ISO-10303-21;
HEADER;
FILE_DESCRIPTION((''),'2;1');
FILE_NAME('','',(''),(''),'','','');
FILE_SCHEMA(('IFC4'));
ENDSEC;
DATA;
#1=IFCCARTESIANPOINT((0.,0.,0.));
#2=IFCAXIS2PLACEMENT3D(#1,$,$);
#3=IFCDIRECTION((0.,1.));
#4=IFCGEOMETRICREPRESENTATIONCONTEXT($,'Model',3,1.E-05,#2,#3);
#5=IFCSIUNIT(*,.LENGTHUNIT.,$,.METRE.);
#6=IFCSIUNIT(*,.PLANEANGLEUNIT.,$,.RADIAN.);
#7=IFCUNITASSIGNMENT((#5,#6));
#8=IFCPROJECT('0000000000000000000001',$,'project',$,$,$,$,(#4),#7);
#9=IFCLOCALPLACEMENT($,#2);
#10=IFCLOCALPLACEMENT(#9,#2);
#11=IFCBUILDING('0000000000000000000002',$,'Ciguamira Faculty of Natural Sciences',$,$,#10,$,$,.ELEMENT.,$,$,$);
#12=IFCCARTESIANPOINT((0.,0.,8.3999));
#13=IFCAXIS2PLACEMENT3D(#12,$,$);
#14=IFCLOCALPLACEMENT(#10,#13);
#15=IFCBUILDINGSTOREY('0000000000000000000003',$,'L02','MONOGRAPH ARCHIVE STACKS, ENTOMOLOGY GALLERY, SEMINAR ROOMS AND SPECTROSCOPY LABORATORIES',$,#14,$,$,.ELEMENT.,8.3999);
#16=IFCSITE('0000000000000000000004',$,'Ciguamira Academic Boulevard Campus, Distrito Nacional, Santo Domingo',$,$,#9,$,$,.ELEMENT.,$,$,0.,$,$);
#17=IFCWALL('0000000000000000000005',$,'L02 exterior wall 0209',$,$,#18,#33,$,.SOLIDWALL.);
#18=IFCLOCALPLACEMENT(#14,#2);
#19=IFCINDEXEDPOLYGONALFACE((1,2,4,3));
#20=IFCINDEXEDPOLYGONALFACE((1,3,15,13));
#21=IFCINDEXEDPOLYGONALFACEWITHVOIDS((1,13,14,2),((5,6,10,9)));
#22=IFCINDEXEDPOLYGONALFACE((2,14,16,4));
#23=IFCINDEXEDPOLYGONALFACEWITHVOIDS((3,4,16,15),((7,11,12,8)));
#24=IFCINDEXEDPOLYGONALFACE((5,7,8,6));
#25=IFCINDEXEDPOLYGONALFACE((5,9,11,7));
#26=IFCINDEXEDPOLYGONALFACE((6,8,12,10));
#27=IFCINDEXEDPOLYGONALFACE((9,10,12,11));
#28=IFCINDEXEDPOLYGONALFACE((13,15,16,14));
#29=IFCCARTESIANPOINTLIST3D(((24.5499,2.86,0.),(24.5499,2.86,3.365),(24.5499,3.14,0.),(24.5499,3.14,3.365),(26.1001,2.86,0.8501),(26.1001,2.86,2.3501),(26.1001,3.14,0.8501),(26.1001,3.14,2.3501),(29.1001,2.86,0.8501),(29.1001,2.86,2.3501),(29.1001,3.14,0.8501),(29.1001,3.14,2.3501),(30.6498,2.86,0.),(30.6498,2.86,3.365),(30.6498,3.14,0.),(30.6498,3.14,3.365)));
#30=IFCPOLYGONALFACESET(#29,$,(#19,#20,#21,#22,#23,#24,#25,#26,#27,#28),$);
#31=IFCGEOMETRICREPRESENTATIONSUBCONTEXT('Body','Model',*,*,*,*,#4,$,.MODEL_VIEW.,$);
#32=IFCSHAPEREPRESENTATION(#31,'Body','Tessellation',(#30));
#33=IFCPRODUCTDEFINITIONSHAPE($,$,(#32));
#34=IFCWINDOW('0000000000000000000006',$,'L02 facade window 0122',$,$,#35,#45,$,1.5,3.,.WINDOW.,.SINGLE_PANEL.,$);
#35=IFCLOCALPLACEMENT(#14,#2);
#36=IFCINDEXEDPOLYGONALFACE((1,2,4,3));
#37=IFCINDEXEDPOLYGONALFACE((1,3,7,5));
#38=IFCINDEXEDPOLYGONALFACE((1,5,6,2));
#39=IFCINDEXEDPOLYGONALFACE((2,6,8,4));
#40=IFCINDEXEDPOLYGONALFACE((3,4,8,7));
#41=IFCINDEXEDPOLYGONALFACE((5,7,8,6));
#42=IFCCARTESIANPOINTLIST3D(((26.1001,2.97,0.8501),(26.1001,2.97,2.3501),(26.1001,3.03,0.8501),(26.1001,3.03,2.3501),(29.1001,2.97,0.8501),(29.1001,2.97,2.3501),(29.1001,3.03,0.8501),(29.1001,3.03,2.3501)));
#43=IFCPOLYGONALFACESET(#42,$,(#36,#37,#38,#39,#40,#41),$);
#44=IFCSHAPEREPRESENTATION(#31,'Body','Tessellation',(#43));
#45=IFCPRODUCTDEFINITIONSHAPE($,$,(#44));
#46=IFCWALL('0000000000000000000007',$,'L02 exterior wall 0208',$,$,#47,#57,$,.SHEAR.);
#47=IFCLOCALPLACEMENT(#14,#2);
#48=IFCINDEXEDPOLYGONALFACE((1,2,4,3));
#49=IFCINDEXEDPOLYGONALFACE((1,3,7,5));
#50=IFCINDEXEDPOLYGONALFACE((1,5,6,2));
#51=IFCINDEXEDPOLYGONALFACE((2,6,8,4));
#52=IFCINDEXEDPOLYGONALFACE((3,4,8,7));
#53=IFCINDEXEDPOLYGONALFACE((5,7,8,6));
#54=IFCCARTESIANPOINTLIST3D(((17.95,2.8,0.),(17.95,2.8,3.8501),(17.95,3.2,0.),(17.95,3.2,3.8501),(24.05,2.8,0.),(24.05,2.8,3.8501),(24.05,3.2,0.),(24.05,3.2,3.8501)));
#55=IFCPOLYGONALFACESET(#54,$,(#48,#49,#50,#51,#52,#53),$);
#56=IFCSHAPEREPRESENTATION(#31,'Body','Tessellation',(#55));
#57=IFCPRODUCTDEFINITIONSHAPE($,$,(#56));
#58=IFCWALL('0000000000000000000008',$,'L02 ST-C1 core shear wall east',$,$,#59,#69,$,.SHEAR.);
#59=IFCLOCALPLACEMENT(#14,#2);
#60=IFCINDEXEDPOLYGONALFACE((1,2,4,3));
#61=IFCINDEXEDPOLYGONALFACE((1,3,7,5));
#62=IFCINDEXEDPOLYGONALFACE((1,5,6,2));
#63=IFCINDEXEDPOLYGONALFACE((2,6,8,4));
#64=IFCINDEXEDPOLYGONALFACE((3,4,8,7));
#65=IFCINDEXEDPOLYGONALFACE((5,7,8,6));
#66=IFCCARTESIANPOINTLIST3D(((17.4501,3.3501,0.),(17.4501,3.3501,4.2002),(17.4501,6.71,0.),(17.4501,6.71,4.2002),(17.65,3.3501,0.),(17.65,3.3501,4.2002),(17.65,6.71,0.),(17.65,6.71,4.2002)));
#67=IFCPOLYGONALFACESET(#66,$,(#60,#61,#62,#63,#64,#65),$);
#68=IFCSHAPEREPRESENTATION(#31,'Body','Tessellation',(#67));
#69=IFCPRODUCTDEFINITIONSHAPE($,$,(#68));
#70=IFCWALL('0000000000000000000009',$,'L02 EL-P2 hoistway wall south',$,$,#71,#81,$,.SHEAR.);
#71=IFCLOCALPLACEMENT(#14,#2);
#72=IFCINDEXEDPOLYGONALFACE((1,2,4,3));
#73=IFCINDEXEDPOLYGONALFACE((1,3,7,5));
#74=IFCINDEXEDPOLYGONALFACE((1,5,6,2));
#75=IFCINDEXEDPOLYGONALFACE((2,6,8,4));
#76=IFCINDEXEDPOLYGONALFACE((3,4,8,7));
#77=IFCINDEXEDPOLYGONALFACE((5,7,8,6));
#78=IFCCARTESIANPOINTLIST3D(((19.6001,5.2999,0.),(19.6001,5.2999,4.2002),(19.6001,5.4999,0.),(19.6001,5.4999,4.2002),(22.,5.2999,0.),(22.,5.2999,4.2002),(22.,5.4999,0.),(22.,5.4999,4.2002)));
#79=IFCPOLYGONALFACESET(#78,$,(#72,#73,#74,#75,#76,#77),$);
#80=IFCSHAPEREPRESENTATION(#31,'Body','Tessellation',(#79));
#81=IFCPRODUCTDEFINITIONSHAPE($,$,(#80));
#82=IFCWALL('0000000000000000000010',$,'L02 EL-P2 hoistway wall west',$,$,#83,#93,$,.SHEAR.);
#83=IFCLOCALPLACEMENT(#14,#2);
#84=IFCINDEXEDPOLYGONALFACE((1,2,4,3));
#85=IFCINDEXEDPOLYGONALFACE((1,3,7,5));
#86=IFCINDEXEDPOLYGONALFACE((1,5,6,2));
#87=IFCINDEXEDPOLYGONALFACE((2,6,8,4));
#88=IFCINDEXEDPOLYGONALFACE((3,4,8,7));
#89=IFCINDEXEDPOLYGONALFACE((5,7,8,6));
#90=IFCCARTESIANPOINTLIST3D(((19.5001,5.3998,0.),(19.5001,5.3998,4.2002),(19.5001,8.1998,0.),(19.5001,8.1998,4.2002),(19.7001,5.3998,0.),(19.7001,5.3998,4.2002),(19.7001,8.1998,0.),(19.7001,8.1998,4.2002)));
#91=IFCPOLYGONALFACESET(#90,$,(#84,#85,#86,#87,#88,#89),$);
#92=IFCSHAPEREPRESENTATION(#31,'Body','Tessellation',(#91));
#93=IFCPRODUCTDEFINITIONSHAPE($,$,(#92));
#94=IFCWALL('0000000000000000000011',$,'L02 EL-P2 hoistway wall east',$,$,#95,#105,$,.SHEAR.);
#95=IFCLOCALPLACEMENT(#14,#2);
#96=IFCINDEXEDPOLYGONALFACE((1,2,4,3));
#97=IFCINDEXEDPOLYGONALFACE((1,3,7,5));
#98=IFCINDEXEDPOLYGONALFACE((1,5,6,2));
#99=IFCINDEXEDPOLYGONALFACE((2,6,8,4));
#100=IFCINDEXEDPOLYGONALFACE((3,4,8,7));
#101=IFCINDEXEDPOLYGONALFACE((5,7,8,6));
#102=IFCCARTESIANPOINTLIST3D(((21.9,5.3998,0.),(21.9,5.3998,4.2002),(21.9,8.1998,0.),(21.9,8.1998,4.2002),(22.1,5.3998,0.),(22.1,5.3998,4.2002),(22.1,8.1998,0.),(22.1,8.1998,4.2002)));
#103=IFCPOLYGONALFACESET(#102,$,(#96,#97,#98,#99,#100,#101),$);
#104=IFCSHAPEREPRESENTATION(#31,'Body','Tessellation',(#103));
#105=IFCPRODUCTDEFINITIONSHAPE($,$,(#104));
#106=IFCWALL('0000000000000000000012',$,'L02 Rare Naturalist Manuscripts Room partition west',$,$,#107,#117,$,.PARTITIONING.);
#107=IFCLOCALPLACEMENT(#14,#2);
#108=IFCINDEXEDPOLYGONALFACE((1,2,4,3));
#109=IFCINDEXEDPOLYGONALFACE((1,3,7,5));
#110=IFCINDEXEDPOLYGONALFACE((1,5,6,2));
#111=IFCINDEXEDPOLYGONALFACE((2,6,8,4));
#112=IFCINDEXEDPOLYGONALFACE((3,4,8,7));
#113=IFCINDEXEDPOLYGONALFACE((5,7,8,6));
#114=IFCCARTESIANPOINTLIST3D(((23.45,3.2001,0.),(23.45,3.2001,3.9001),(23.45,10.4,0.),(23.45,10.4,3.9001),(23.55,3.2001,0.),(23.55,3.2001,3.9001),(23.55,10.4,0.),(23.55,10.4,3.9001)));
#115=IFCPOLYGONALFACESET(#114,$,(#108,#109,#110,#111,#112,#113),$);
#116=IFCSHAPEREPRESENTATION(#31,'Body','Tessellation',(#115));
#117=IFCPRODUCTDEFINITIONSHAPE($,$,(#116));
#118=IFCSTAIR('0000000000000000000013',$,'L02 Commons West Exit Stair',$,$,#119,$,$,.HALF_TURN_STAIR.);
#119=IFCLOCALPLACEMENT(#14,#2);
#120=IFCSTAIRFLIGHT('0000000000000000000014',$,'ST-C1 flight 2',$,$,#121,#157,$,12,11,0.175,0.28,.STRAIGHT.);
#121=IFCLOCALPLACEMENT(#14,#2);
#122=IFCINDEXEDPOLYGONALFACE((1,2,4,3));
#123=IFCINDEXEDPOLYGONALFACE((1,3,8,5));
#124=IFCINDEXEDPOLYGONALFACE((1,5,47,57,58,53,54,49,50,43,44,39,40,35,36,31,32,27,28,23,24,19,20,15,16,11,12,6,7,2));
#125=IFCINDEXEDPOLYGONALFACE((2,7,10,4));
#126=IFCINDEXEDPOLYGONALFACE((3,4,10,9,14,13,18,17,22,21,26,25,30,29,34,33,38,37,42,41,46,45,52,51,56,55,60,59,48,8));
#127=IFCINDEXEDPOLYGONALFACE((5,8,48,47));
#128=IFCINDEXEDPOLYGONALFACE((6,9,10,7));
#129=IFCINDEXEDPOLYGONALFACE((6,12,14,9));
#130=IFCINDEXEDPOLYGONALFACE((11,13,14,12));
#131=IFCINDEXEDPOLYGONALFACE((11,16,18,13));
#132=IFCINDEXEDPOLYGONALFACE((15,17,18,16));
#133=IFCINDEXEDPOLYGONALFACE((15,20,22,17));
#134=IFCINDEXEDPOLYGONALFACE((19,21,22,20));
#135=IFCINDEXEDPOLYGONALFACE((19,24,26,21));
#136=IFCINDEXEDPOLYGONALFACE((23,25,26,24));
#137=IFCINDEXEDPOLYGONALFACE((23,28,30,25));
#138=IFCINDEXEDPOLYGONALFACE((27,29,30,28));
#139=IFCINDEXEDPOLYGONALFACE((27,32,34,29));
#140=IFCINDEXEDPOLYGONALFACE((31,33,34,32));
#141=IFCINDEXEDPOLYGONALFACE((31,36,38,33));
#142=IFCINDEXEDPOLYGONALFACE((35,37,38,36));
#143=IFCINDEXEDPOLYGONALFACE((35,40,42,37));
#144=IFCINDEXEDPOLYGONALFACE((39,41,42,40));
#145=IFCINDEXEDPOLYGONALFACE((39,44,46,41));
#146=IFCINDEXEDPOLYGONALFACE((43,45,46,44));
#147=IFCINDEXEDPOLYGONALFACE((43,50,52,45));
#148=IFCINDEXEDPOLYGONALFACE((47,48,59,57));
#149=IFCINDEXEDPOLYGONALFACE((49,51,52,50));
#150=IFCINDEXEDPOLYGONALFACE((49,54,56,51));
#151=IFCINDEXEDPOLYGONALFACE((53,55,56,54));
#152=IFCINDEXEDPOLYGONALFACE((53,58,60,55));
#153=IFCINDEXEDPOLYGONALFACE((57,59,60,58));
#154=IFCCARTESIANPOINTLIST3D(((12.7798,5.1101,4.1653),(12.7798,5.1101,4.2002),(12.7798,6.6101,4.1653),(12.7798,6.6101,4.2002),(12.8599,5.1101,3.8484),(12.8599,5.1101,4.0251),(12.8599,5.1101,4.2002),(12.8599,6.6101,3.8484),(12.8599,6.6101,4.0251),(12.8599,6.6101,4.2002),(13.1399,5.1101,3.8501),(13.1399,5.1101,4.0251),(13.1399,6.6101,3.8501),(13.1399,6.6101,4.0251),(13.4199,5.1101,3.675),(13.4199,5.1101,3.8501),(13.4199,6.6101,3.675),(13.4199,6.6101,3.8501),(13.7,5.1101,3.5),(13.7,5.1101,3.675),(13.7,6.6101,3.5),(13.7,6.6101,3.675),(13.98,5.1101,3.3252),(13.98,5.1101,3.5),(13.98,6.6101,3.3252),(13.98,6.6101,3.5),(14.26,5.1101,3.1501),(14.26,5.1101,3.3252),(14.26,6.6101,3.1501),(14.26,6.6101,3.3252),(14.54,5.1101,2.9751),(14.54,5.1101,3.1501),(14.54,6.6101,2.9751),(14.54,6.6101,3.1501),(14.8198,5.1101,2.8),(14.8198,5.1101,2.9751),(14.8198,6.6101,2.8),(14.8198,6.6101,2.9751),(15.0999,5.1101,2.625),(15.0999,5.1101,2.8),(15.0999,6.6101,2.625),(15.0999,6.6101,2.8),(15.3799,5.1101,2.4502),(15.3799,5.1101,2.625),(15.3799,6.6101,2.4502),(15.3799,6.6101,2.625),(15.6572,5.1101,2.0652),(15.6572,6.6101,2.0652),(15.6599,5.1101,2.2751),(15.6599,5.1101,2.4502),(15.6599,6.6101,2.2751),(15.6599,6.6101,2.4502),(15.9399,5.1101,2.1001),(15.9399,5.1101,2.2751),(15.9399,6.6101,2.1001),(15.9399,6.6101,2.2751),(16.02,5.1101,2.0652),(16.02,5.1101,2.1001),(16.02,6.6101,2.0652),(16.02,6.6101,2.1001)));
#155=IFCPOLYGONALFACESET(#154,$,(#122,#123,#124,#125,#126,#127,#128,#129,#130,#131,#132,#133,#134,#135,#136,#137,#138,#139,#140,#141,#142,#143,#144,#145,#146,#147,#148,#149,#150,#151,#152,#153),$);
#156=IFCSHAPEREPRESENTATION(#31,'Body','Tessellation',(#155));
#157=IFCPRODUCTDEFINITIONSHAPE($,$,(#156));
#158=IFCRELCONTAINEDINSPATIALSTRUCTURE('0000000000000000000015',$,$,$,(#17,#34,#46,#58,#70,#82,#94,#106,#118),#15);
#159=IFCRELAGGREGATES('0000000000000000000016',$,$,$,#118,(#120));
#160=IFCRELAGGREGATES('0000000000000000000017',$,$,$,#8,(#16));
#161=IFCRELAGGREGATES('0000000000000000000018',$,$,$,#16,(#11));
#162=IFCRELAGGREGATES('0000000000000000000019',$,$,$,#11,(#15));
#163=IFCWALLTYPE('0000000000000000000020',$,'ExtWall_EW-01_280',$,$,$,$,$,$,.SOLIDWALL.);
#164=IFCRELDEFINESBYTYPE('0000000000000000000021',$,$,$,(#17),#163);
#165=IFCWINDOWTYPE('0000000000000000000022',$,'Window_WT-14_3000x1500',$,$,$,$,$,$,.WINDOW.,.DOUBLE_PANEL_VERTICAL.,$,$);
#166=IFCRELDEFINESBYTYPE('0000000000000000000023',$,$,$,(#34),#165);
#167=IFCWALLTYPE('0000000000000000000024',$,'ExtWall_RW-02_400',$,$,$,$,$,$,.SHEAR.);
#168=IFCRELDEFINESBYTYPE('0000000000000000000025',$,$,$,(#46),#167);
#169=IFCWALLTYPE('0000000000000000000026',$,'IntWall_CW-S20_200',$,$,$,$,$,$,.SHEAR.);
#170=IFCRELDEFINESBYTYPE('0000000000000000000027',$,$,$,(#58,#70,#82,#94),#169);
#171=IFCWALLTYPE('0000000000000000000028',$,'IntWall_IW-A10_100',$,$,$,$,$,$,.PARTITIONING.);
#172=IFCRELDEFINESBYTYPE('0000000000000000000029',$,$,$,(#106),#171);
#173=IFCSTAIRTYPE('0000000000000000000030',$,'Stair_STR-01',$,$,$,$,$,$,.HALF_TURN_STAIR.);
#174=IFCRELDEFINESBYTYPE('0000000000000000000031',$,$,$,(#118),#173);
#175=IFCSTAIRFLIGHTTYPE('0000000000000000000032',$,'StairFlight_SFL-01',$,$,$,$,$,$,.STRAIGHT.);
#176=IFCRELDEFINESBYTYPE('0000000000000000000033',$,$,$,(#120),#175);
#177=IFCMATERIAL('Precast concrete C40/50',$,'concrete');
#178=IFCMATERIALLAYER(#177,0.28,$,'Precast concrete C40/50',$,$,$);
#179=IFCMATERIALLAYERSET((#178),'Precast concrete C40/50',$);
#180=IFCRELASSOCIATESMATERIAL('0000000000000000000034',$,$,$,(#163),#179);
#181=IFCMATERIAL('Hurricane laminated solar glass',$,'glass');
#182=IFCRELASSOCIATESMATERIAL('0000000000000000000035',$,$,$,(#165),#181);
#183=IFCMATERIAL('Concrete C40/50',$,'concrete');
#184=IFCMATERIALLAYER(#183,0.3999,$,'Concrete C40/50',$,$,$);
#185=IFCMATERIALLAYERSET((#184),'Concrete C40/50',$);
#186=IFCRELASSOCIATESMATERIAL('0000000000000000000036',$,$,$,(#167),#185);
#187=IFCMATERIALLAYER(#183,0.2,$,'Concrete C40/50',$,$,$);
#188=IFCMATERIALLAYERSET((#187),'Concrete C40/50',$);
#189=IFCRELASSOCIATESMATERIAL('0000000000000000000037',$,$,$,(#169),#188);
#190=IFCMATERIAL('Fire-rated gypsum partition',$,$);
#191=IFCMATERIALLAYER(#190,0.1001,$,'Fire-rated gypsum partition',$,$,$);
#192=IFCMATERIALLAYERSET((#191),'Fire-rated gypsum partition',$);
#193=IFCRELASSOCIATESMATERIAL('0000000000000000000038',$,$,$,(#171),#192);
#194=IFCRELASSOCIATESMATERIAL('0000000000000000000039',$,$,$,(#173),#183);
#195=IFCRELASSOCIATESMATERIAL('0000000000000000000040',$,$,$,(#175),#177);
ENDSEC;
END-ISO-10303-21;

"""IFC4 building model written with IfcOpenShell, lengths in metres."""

from ifc_helpers import new_model, si_unit, direction, frame, frame_2d, origin, place, context, subcontext, project, spatial, polyline, rectangle, outline, extrude, material, layer, layer_set, type_object, element, fill, aggregate, save


model = new_model("IFC4")

# Units and contexts
model_context = context("Model", 3, precision=1e-05, world=origin(), true_north=direction((0.0, 1.0)))
body_context = subcontext(model_context, "Body", "Model", "MODEL_VIEW")
ifc_project = project(units=[si_unit("LENGTHUNIT", "METRE"), si_unit("PLANEANGLEUNIT", "RADIAN")], contexts=[model_context])

# Site, building, storey
site_placement = place(None, origin())
site = spatial("IfcSite", under=ifc_project, at=site_placement, Name="Ciguamira Academic Boulevard Campus, Distrito Nacional, Santo Domingo", CompositionType="ELEMENT", RefElevation=0.0)
building_placement = place(site_placement, origin())
building = spatial("IfcBuilding", under=site, at=building_placement, Name="Ciguamira Faculty of Natural Sciences", CompositionType="ELEMENT")
storey_placement = place(building_placement, frame((0.0, 0.0, 8.3999)))
storey = spatial("IfcBuildingStorey", under=building, at=storey_placement, Name="L02", Description="MONOGRAPH ARCHIVE STACKS, ENTOMOLOGY GALLERY, SEMINAR ROOMS AND SPECTROSCOPY LABORATORIES", CompositionType="ELEMENT", Elevation=8.3999)

# Shared definitions
ifc_material_1 = material(Name="Concrete C40/50", Category="concrete")

# Wall, opening, window
ifc_material_2 = material(Name="Precast concrete C40/50", Category="concrete")
ifc_layer_1 = layer(ifc_material_2, 0.28, Name="Precast concrete C40/50")
ifc_layer_set_1 = layer_set([ifc_layer_1], Name="Precast concrete C40/50")
wall_type_1 = type_object("IfcWallType", Name="ExtWall_EW-01_280", PredefinedType="SOLIDWALL", material=ifc_layer_set_1)
wall_1_placement = place(storey_placement, frame((24.55, 3.0, 0.0), z_axis=(0.0, 0.0, 1.0), x_axis=(1.0, 0.0, 0.0)))
wall_1 = element("IfcWall", 1, at=wall_1_placement, inside=storey, type_object=wall_type_1, Name="L02 exterior wall 0209", PredefinedType="SOLIDWALL", context=body_context, shape_type="SweptSolid", body=[
    extrude(rectangle(XDim=6.0999, YDim=0.28, at=frame_2d((3.0498, 0.0))), origin(), (0.0, 0.0, 1.0), 3.365),
])
opening_1_placement = place(wall_1_placement, frame((1.55, 0.0, 0.8501)))
opening_1 = element("IfcOpeningElement", 2, at=opening_1_placement, cuts=wall_1, PredefinedType="OPENING", context=body_context, shape_type="SweptSolid", body=[
    extrude(rectangle(XDim=3.0, YDim=1.5, at=frame_2d((1.5, 0.75))), frame((0.0, 0.1499, 0.0), z_axis=(0.0, -1.0, 0.0), x_axis=(1.0, 0.0, 0.0)), (0.0, 0.0, 1.0), 0.3),
])
ifc_material_3 = material(Name="Hurricane laminated solar glass", Category="glass")
window_type = type_object("IfcWindowType", Name="Window_WT-14_3000x1500", PartitioningType="DOUBLE_PANEL_VERTICAL", PredefinedType="WINDOW", material=ifc_material_3)
window_placement = place(opening_1_placement, origin())
window = element("IfcWindow", 3, at=window_placement, inside=storey, type_object=window_type, Name="L02 facade window 0122", OverallHeight=1.5, OverallWidth=3.0, PartitioningType="SINGLE_PANEL", PredefinedType="WINDOW", context=body_context, shape_type="SweptSolid", body=[
    extrude(rectangle(XDim=3.0, YDim=1.5, at=frame_2d((1.5, 0.75))), frame((0.0, 0.03, 0.0), z_axis=(0.0, -1.0, 0.0), x_axis=(1.0, 0.0, 0.0)), (0.0, 0.0, 1.0), 0.0601),
])
fill(opening_1, window)

# Walls
ifc_layer_2 = layer(ifc_material_1, 0.3999, Name="Concrete C40/50")
ifc_layer_set_2 = layer_set([ifc_layer_2], Name="Concrete C40/50")
wall_type_2 = type_object("IfcWallType", Name="ExtWall_RW-02_400", PredefinedType="SHEAR", material=ifc_layer_set_2)
wall_2_placement = place(storey_placement, frame((17.95, 3.0, 0.0), z_axis=(0.0, 0.0, 1.0), x_axis=(1.0, 0.0, 0.0)))
element("IfcWall", 4, at=wall_2_placement, inside=storey, type_object=wall_type_2, Name="L02 exterior wall 0208", PredefinedType="SHEAR", context=body_context, shape_type="SweptSolid", body=[
    extrude(rectangle(XDim=6.1001, YDim=0.3999, at=frame_2d((3.05, 0.0))), origin(), (0.0, 0.0, 1.0), 3.8501),
])
ifc_layer_3 = layer(ifc_material_1, 0.2, Name="Concrete C40/50")
ifc_layer_set_3 = layer_set([ifc_layer_3], Name="Concrete C40/50")
wall_type_3 = type_object("IfcWallType", Name="IntWall_CW-S20_200", PredefinedType="SHEAR", material=ifc_layer_set_3)
wall_3_placement = place(storey_placement, frame((17.55, 3.3501, 0.0), z_axis=(0.0, 0.0, 1.0), x_axis=(0.0, 1.0, 0.0)))
element("IfcWall", 5, at=wall_3_placement, inside=storey, type_object=wall_type_3, Name="L02 ST-C1 core shear wall east", PredefinedType="SHEAR", context=body_context, shape_type="SweptSolid", body=[
    extrude(rectangle(XDim=3.3599, YDim=0.2, at=frame_2d((1.6799, 0.0))), origin(), (0.0, 0.0, 1.0), 4.2002),
])
wall_4_placement = place(storey_placement, frame((19.6001, 5.3999, 0.0), z_axis=(0.0, 0.0, 1.0), x_axis=(1.0, 0.0, 0.0)))
element("IfcWall", 6, at=wall_4_placement, inside=storey, type_object=wall_type_3, Name="L02 EL-P2 hoistway wall south", PredefinedType="SHEAR", context=body_context, shape_type="SweptSolid", body=[
    extrude(rectangle(XDim=2.3999, YDim=0.2, at=frame_2d((1.2, 0.0))), origin(), (0.0, 0.0, 1.0), 4.2002),
])

# Walls
for number, where, z_axis, x_axis, name in (
    (7, (19.6001, 5.3999, 0.0), (0.0, 0.0, 1.0), (0.0, 1.0, 0.0), "L02 EL-P2 hoistway wall west"),
    (8, (22.0, 5.3999, 0.0), (0.0, 0.0, 1.0), (0.0, 1.0, 0.0), "L02 EL-P2 hoistway wall east"),
):
    element("IfcWall", number, at=place(storey_placement, frame(where, z_axis=z_axis, x_axis=x_axis)), inside=storey, type_object=wall_type_3, Name=name, PredefinedType="SHEAR", context=body_context, shape_type="SweptSolid", body=[
        extrude(rectangle(XDim=2.8, YDim=0.2, at=frame_2d((1.3999, 0.0))), origin(), (0.0, 0.0, 1.0), 4.2002),
    ])
ifc_material_4 = material(Name="Fire-rated gypsum partition")
ifc_layer_4 = layer(ifc_material_4, 0.1001, Name="Fire-rated gypsum partition")
ifc_layer_set_4 = layer_set([ifc_layer_4], Name="Fire-rated gypsum partition")
wall_type_4 = type_object("IfcWallType", Name="IntWall_IW-A10_100", PredefinedType="PARTITIONING", material=ifc_layer_set_4)
wall_5_placement = place(storey_placement, frame((23.5, 3.2, 0.0), z_axis=(0.0, 0.0, 1.0), x_axis=(0.0, 1.0, 0.0)))
element("IfcWall", 9, at=wall_5_placement, inside=storey, type_object=wall_type_4, Name="L02 Rare Naturalist Manuscripts Room partition west", PredefinedType="PARTITIONING", context=body_context, shape_type="SweptSolid", body=[
    extrude(rectangle(XDim=7.2, YDim=0.1001, at=frame_2d((3.6001, 0.0))), origin(), (0.0, 0.0, 1.0), 3.9001),
])

# Stair, stair flight
stair_type = type_object("IfcStairType", Name="Stair_STR-01", PredefinedType="HALF_TURN_STAIR", material=ifc_material_1)
stair_placement = place(storey_placement, origin())
stair = element("IfcStair", 10, at=stair_placement, inside=storey, type_object=stair_type, Name="L02 Commons West Exit Stair", PredefinedType="HALF_TURN_STAIR")
stair_flight_type = type_object("IfcStairFlightType", Name="StairFlight_SFL-01", PredefinedType="STRAIGHT", material=ifc_material_2)
stair_flight_placement = place(storey_placement, frame((15.9399, 5.8601, 2.1001), z_axis=(0.0, 0.0, 1.0), x_axis=(-1.0, 0.0, 0.0)))
stair_flight = element("IfcStairFlight", 11, at=stair_flight_placement, type_object=stair_flight_type, Name="ST-C1 flight 2", NumberOfRisers=12, NumberOfTreads=11, PredefinedType="STRAIGHT", RiserHeight=0.175, TreadLength=0.28, context=body_context, shape_type="SweptSolid", body=[
    extrude(outline(polyline([(-0.0801, -0.0349), (-0.0801, 0.0), (0.0, 0.0), (0.0, 0.175), (0.28, 0.175), (0.28, 0.3501), (0.5601, 0.3501), (0.5601, 0.5249), (0.8401, 0.5249), (0.8401, 0.7), (1.1201, 0.7), (1.1201, 0.875), (1.3999, 0.875), (1.3999, 1.05), (1.6799, 1.05), (1.6799, 1.2251), (1.96, 1.2251), (1.96, 1.3999), (2.24, 1.3999), (2.24, 1.575), (2.52, 1.575), (2.52, 1.75), (2.8, 1.75), (2.8, 1.925), (3.0801, 1.925), (3.0801, 2.1001), (3.1602, 2.1001), (3.1602, 2.0652), (3.0801, 1.7483), (0.2827, -0.0349), (-0.0801, -0.0349)])), frame((0.0, 0.75, 0.0), z_axis=(0.0, -1.0, 0.0), x_axis=(1.0, 0.0, 0.0)), (0.0, 0.0, 1.0), 1.5),
])
aggregate(stair, [stair_flight])

save(model, "model.ifc")
